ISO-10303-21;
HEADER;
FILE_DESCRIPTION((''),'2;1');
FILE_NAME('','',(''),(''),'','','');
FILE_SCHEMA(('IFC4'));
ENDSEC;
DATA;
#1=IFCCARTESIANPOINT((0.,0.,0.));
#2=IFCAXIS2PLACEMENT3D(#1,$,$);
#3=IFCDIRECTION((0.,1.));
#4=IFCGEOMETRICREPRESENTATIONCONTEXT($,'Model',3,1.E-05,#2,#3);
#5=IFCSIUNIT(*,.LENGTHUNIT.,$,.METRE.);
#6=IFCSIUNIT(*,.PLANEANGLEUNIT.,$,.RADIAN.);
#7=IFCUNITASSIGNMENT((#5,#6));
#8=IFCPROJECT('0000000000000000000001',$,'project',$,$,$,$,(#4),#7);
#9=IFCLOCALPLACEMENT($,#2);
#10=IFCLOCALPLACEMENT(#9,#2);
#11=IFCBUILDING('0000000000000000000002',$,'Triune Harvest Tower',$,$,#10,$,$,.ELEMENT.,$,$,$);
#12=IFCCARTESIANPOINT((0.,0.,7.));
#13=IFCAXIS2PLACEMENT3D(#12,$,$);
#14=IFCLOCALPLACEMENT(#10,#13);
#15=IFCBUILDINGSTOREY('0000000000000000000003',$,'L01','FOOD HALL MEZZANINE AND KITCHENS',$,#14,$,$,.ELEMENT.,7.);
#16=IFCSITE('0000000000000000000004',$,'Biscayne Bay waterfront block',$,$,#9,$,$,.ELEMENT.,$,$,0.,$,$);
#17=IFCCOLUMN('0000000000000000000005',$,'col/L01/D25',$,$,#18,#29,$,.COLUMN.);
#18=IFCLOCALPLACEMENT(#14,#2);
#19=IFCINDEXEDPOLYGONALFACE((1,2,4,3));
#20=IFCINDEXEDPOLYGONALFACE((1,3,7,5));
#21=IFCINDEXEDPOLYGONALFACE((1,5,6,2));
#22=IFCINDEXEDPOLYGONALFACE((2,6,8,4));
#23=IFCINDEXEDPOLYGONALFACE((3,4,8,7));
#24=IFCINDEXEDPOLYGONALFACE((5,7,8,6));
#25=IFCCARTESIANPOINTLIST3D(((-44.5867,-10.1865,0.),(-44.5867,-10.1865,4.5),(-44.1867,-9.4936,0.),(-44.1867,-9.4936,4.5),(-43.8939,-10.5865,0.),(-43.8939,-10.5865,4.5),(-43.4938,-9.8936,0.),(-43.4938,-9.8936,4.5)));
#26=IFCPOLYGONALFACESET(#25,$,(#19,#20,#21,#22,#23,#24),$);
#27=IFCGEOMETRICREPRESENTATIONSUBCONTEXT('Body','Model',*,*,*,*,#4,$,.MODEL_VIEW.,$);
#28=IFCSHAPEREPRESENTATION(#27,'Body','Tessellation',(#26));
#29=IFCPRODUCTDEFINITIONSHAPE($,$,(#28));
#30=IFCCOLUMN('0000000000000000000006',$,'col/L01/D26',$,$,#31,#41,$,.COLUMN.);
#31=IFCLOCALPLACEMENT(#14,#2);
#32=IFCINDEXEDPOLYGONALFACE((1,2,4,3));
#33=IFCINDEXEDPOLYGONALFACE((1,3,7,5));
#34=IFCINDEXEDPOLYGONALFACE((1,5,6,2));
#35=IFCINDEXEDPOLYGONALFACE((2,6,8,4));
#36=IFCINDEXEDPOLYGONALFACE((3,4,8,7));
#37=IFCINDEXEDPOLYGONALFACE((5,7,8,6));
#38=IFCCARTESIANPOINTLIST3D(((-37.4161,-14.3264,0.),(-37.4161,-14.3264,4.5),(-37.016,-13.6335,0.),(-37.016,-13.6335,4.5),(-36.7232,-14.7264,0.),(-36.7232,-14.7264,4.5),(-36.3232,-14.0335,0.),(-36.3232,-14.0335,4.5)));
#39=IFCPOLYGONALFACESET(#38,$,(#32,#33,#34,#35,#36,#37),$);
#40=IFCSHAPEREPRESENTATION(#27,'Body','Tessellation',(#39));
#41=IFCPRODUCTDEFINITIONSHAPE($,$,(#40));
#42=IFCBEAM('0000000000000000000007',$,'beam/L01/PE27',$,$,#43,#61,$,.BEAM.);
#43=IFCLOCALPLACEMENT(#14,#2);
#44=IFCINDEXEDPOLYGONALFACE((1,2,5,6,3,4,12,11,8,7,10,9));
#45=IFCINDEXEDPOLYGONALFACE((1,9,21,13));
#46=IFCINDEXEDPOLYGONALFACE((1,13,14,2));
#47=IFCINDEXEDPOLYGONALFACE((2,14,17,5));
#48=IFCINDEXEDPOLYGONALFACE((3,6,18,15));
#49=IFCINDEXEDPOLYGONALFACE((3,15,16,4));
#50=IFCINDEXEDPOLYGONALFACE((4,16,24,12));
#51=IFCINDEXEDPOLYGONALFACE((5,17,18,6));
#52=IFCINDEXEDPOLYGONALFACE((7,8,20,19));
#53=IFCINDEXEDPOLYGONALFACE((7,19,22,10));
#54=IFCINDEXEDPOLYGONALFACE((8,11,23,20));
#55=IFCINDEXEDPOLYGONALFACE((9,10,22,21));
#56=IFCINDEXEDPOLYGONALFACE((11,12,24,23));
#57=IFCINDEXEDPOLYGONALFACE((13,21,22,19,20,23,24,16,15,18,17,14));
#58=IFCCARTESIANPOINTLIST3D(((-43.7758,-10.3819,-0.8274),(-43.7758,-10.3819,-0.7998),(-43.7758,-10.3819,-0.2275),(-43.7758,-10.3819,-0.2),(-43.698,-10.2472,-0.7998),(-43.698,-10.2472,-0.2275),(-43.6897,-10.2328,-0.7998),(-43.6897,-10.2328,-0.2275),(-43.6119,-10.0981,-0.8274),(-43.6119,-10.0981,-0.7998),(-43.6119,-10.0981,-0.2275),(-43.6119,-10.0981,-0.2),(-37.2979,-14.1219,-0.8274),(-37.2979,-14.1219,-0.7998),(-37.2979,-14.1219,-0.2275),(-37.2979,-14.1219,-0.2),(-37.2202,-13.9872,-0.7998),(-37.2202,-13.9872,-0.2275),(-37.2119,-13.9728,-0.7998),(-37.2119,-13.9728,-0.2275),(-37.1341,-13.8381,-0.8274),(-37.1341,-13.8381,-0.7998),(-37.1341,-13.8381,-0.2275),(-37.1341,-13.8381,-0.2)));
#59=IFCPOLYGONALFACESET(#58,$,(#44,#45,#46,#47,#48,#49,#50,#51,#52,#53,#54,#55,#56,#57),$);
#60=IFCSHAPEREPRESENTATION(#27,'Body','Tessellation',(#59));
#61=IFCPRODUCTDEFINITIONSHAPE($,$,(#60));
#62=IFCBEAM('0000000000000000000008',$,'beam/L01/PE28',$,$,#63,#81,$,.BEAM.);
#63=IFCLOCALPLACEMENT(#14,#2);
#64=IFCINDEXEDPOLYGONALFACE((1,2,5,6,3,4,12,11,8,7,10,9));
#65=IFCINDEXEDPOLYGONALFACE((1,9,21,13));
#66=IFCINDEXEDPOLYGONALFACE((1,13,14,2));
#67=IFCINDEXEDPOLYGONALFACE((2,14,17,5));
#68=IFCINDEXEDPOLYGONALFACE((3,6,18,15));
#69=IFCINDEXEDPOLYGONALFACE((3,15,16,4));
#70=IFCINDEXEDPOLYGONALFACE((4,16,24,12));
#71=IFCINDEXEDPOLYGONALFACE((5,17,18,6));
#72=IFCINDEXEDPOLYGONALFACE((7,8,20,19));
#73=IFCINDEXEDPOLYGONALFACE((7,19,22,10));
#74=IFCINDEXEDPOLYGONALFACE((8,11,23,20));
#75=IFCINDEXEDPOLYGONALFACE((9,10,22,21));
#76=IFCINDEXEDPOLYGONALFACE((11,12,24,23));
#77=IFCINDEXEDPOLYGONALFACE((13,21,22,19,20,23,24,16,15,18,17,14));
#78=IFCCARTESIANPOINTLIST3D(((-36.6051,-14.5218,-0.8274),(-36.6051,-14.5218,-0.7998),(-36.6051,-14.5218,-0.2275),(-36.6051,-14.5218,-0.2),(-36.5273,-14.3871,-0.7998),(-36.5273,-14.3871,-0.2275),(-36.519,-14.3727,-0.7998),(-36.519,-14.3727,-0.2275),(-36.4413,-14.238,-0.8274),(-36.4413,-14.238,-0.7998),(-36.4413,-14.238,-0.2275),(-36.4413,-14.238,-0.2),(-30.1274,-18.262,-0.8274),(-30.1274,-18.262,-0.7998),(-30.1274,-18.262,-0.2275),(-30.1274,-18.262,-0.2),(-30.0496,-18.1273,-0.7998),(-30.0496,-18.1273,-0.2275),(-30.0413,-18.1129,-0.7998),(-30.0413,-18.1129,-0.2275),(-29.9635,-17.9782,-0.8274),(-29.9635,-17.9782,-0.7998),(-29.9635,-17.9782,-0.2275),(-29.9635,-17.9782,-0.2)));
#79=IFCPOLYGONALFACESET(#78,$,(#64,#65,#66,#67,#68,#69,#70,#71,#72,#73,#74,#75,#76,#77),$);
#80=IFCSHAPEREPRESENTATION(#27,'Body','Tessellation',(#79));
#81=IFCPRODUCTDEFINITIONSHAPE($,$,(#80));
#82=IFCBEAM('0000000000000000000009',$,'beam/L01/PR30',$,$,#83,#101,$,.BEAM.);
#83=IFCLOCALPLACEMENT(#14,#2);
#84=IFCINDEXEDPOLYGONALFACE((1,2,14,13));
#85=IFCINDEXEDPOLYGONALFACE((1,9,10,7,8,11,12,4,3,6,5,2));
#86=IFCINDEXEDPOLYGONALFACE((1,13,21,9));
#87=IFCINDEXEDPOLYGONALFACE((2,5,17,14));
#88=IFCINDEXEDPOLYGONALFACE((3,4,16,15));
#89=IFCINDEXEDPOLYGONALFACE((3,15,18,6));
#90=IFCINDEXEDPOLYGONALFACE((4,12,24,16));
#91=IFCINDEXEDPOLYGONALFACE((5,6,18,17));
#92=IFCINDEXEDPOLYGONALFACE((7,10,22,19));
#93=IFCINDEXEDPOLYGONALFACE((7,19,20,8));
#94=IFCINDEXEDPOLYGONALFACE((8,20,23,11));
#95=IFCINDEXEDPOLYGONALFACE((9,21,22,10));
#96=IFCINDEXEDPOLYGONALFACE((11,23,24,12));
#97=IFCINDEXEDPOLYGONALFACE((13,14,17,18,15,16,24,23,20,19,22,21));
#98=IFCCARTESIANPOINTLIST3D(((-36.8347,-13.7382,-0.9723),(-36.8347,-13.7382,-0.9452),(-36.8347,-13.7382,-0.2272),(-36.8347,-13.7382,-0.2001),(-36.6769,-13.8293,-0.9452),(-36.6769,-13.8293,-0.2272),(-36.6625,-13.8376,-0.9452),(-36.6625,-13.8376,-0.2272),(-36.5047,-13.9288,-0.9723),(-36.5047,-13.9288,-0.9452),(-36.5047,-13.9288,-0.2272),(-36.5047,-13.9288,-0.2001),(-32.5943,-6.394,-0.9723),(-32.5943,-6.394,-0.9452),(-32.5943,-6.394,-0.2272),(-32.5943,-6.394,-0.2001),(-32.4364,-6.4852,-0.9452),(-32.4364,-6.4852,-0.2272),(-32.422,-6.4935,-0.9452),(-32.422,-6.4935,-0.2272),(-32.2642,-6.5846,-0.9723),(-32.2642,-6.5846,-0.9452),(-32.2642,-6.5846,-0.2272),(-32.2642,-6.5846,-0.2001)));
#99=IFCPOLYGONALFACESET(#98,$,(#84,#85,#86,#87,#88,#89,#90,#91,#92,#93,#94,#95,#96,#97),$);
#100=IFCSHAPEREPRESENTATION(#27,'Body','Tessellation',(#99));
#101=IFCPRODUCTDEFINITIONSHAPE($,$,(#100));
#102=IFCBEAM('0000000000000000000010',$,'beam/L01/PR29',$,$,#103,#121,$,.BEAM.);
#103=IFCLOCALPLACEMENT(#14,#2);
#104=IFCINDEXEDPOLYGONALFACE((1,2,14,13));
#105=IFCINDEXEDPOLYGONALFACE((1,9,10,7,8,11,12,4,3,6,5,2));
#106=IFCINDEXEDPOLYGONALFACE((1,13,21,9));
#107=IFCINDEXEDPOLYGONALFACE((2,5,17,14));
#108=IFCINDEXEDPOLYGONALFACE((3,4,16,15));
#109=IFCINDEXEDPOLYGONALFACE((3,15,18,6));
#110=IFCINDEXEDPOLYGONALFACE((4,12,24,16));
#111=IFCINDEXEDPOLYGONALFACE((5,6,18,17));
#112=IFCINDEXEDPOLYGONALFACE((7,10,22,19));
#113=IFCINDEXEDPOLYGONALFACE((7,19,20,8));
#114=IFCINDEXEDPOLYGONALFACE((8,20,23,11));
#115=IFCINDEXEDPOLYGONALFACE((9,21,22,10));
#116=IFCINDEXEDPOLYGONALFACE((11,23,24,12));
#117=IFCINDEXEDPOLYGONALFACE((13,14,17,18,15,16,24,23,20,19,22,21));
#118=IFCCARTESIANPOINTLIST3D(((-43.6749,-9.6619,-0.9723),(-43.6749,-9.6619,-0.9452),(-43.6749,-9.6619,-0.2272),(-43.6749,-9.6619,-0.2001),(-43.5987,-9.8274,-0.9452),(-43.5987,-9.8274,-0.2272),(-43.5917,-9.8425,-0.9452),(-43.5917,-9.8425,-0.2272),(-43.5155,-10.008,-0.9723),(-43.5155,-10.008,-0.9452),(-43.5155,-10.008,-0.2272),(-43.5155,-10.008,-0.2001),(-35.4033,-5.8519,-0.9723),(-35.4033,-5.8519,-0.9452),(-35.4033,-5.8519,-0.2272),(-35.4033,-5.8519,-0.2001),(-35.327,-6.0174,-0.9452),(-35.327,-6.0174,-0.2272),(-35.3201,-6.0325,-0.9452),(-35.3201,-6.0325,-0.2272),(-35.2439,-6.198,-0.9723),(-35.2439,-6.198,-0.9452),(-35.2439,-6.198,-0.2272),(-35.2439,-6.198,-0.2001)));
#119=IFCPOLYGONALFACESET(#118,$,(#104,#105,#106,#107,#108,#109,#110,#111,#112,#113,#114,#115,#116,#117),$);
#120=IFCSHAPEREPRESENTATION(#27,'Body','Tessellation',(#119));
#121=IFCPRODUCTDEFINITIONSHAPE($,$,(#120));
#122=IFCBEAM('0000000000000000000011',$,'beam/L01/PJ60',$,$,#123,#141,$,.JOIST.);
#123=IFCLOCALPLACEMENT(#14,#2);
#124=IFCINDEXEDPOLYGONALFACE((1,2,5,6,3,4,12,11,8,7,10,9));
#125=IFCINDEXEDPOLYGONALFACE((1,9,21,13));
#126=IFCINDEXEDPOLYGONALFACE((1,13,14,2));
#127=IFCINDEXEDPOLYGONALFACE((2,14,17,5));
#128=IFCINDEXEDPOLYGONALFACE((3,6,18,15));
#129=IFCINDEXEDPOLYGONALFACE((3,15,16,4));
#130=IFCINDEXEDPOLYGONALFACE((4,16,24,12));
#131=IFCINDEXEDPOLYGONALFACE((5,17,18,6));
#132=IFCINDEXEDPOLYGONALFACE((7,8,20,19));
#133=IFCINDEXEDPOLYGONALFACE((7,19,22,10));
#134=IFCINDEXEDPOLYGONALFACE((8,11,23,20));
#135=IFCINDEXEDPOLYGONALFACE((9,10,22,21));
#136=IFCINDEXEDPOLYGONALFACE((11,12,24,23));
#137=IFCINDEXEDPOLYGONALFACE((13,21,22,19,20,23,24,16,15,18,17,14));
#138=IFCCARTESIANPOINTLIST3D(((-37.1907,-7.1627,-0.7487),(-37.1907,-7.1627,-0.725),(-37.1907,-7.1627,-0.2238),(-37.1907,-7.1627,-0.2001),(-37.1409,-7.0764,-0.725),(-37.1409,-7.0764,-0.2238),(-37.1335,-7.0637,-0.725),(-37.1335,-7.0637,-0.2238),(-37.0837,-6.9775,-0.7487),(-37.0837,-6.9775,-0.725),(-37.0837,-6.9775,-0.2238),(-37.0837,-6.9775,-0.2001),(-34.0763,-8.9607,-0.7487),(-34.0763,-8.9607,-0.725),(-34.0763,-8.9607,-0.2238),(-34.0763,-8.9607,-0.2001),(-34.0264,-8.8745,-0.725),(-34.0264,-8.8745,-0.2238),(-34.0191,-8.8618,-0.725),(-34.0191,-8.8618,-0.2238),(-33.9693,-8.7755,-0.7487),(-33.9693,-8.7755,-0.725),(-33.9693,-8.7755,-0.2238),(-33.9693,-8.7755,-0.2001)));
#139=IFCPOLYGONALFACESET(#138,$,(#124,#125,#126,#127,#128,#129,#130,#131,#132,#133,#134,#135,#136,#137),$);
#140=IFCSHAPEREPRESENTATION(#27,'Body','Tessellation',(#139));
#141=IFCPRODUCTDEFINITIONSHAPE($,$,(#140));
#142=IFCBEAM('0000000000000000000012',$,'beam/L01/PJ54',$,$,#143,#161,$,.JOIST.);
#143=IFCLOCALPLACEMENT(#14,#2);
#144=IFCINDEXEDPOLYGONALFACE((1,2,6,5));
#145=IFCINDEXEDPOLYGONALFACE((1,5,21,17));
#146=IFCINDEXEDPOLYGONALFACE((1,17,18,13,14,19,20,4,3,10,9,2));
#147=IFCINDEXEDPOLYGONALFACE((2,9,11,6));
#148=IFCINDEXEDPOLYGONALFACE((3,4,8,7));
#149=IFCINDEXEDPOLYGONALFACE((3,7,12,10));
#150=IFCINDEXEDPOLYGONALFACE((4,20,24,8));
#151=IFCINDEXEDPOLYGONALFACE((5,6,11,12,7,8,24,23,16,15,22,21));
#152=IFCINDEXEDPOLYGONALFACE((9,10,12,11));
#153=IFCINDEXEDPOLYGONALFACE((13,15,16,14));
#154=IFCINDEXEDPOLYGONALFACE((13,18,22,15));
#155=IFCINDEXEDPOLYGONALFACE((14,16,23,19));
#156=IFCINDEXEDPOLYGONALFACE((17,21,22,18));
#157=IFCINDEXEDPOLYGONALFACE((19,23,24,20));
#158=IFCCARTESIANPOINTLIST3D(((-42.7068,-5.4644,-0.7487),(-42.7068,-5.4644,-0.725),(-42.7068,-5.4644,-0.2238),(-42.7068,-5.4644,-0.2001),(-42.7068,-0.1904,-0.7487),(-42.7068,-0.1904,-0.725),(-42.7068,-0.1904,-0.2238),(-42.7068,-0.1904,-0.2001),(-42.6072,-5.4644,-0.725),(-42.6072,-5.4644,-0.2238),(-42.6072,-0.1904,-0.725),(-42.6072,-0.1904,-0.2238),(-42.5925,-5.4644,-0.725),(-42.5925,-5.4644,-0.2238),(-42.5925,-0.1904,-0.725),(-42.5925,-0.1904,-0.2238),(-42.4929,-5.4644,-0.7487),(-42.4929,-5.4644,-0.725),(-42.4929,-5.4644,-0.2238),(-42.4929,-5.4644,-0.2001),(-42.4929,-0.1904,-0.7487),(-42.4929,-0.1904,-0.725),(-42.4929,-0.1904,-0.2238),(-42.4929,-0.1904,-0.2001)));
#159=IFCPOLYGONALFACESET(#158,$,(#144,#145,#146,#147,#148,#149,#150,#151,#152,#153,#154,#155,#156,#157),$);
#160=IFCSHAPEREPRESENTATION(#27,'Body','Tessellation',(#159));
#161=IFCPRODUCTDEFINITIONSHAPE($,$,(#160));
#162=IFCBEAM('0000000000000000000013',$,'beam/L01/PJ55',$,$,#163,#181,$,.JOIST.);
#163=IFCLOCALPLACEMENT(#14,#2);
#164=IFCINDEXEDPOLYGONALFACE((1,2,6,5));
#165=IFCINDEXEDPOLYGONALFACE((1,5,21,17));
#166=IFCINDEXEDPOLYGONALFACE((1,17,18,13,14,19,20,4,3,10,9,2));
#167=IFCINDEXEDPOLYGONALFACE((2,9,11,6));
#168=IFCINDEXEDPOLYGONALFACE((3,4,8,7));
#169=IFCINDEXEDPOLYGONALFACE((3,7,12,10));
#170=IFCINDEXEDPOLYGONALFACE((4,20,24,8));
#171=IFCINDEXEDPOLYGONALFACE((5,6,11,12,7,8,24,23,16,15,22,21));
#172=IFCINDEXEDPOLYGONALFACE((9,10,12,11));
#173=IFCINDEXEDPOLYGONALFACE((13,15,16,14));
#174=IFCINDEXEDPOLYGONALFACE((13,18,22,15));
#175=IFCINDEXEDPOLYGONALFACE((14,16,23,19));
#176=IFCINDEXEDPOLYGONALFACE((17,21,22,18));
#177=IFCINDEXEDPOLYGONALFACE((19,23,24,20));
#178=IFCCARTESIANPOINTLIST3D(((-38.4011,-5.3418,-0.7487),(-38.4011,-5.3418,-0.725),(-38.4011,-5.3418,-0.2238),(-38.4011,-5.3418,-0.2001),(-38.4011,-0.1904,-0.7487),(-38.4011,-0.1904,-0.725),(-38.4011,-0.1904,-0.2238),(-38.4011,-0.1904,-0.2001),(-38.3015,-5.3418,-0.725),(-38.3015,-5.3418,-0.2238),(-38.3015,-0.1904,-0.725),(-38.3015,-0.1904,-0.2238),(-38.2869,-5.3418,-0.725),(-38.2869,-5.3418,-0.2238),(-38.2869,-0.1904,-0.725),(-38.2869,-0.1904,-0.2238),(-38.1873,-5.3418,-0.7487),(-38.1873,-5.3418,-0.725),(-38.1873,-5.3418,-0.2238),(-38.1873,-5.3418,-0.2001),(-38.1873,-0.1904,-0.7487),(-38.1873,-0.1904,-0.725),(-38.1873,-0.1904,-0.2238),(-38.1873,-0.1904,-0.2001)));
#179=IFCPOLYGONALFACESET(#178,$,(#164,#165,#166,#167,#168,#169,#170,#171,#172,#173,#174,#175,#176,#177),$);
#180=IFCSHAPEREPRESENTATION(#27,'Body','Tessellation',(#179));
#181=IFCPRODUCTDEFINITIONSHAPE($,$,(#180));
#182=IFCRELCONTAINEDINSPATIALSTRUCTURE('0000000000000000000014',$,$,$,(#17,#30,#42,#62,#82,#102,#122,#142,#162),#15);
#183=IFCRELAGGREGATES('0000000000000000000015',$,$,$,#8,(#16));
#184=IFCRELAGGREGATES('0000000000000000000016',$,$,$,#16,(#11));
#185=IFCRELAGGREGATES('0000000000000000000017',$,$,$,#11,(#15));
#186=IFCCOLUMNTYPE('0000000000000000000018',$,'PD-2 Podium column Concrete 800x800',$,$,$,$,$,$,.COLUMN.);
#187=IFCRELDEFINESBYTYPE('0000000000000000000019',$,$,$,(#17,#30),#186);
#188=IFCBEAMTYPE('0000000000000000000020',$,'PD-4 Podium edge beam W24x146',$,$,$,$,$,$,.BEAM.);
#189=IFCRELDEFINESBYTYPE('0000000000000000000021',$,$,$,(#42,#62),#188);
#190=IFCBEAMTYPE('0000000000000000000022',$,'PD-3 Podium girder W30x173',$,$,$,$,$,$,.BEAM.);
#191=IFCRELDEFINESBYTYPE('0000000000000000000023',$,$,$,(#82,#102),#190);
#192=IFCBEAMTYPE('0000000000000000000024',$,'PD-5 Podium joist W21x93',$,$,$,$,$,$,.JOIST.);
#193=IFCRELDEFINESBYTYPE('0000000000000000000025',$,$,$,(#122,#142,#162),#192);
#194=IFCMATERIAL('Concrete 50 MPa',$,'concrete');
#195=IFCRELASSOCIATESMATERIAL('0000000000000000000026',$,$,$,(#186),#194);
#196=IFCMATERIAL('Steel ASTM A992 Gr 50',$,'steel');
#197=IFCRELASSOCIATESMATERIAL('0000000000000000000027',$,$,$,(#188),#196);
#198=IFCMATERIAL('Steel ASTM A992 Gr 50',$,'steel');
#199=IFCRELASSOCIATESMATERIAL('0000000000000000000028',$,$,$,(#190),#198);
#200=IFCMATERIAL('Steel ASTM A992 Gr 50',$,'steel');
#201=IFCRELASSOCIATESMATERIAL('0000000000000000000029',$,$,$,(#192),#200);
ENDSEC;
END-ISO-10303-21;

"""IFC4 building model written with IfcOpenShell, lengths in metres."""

from ifc_helpers import new_model, si_unit, direction, frame, origin, origin_2d, place, context, subcontext, project, spatial, rectangle, i_section, extrude, source, transform, mapped, material, material_profile, profile_set, type_object, element, save


model = new_model("IFC4")

# Units and contexts
model_context = context("Model", 3, precision=1e-05, world=origin(), true_north=direction((0.0, 1.0)))
body_context = subcontext(model_context, "Body", "Model", "MODEL_VIEW")
ifc_project = project(units=[si_unit("LENGTHUNIT", "METRE"), si_unit("PLANEANGLEUNIT", "RADIAN")], contexts=[model_context])

# Site, building, storey
site_placement = place(None, origin())
site = spatial("IfcSite", under=ifc_project, at=site_placement, Name="Biscayne Bay waterfront block", CompositionType="ELEMENT", RefElevation=0.0)
building_placement = place(site_placement, origin())
building = spatial("IfcBuilding", under=site, at=building_placement, Name="Triune Harvest Tower", CompositionType="ELEMENT")
storey_placement = place(building_placement, frame((0.0, 0.0, 7.0)))
storey = spatial("IfcBuildingStorey", under=building, at=storey_placement, Name="L01", Description="FOOD HALL MEZZANINE AND KITCHENS", CompositionType="ELEMENT", Elevation=7.0)

# Columns
ifc_material_1 = material(Name="Concrete 50 MPa", Category="concrete")
ifc_material_profile_1 = material_profile(ifc_material_1, rectangle(XDim=0.8, YDim=0.8, at=origin_2d()), Name="Concrete 800x800")
ifc_profile_set_1 = profile_set([ifc_material_profile_1], Name="Concrete 50 MPa")
column_type = type_object("IfcColumnType", Name="PD-2 Podium column Concrete 800x800", PredefinedType="COLUMN", material=ifc_profile_set_1)
shared_shape_1 = source(origin(), body_context, "Body", "SweptSolid", [
    extrude(rectangle(XDim=0.8, YDim=0.8, at=origin_2d()), origin(), (0.0, 0.0, 1.0), 4.5),
])
for number, where, z_axis, x_axis, name in (
    (1, (-44.0403, -10.04, 0.0), (0.0, 0.0, 1.0), (0.866025, -0.5, 0.0), "col/L01/D25"),
    (2, (-36.8696, -14.1799, 0.0), (0.0, 0.0, 1.0), (0.866025, -0.5, 0.0), "col/L01/D26"),
):
    element("IfcColumn", number, at=place(storey_placement, frame(where, z_axis=z_axis, x_axis=x_axis)), inside=storey, type_object=column_type, Name=name, PredefinedType="COLUMN", context=body_context, shape_type="MappedRepresentation", body=[
        mapped(shared_shape_1, transform((0.0, 0.0, 0.0), scale=1.0)),
    ])

# Beams
ifc_material_2 = material(Name="Steel ASTM A992 Gr 50", Category="steel")
ifc_material_profile_2 = material_profile(ifc_material_2, i_section(OverallWidth=0.3276, OverallDepth=0.6274, WebThickness=0.0166, FlangeThickness=0.0276, at=origin_2d()), Name="W24x146")
ifc_profile_set_2 = profile_set([ifc_material_profile_2], Name="Steel ASTM A992 Gr 50")
beam_type_1 = type_object("IfcBeamType", Name="PD-4 Podium edge beam W24x146", PredefinedType="BEAM", material=ifc_profile_set_2)
shared_shape_2 = source(origin(), body_context, "Body", "SweptSolid", [
    extrude(i_section(OverallWidth=0.3276, OverallDepth=0.6274, WebThickness=0.0166, FlangeThickness=0.0276, at=origin_2d()), origin(), (0.0, 0.0, 1.0), 7.48),
])
for number, where, z_axis, x_axis, name in (
    (3, (-43.6938, -10.24, -0.5137), (0.866023, -0.500004, 0.0), (0.500004, 0.866023, 0.0), "beam/L01/PE27"),
    (4, (-36.5232, -14.3799, -0.5137), (0.866009, -0.500029, 0.0), (0.500029, 0.866009, 0.0), "beam/L01/PE28"),
):
    element("IfcBeam", number, at=place(storey_placement, frame(where, z_axis=z_axis, x_axis=x_axis)), inside=storey, type_object=beam_type_1, Name=name, PredefinedType="BEAM", context=body_context, shape_type="MappedRepresentation", body=[
        mapped(shared_shape_2, transform((0.0, 0.0, 0.0), scale=1.0)),
    ])
ifc_material_3 = material(Name="Steel ASTM A992 Gr 50", Category="steel")
ifc_material_profile_3 = material_profile(ifc_material_3, i_section(OverallWidth=0.3811, OverallDepth=0.7722, WebThickness=0.0166, FlangeThickness=0.0271, at=origin_2d()), Name="W30x173")
ifc_profile_set_3 = profile_set([ifc_material_profile_3], Name="Steel ASTM A992 Gr 50")
beam_type_2 = type_object("IfcBeamType", Name="PD-3 Podium girder W30x173", PredefinedType="BEAM", material=ifc_profile_set_3)
shared_shape_3 = source(origin(), body_context, "Body", "SweptSolid", [
    extrude(i_section(OverallWidth=0.3811, OverallDepth=0.7722, WebThickness=0.0166, FlangeThickness=0.0271, at=origin_2d()), origin(), (0.0, 0.0, 1.0), 8.4805),
])
beam_1_placement = place(storey_placement, frame((-36.6697, -13.8335, -0.5862), z_axis=(0.500025, 0.866011, 0.0), x_axis=(-0.866011, 0.500025, 0.0)))
element("IfcBeam", 5, at=beam_1_placement, inside=storey, type_object=beam_type_2, Name="beam/L01/PR30", PredefinedType="BEAM", context=body_context, shape_type="MappedRepresentation", body=[
    mapped(shared_shape_3, transform((0.0, 0.0, 0.0), scale=1.0)),
])
shared_shape_4 = source(origin(), body_context, "Body", "SweptSolid", [
    extrude(i_section(OverallWidth=0.3811, OverallDepth=0.7722, WebThickness=0.0166, FlangeThickness=0.0271, at=origin_2d()), origin(), (0.0, 0.0, 1.0), 9.1069),
])
beam_2_placement = place(storey_placement, frame((-43.5952, -9.835, -0.5862), z_axis=(0.908279, 0.418364, 0.0), x_axis=(-0.418364, 0.908279, 0.0)))
element("IfcBeam", 6, at=beam_2_placement, inside=storey, type_object=beam_type_2, Name="beam/L01/PR29", PredefinedType="BEAM", context=body_context, shape_type="MappedRepresentation", body=[
    mapped(shared_shape_4, transform((0.0, 0.0, 0.0), scale=1.0)),
])
ifc_material_4 = material(Name="Steel ASTM A992 Gr 50", Category="steel")
ifc_material_profile_4 = material_profile(ifc_material_4, i_section(OverallWidth=0.2139, OverallDepth=0.5486, WebThickness=0.0146, FlangeThickness=0.0237, at=origin_2d()), Name="W21x93")
ifc_profile_set_4 = profile_set([ifc_material_profile_4], Name="Steel ASTM A992 Gr 50")
beam_type_3 = type_object("IfcBeamType", Name="PD-5 Podium joist W21x93", PredefinedType="JOIST", material=ifc_profile_set_4)
shared_shape_5 = source(origin(), body_context, "Body", "SweptSolid", [
    extrude(i_section(OverallWidth=0.2139, OverallDepth=0.5486, WebThickness=0.0146, FlangeThickness=0.0237, at=origin_2d()), origin(), (0.0, 0.0, 1.0), 3.5962),
])
beam_3_placement = place(storey_placement, frame((-37.1372, -7.0701, -0.4744), z_axis=(0.866033, -0.499987, 0.0), x_axis=(0.499987, 0.866033, 0.0)))
element("IfcBeam", 7, at=beam_3_placement, inside=storey, type_object=beam_type_3, Name="beam/L01/PJ60", PredefinedType="JOIST", context=body_context, shape_type="MappedRepresentation", body=[
    mapped(shared_shape_5, transform((0.0, 0.0, 0.0), scale=1.0)),
])
shared_shape_6 = source(origin(), body_context, "Body", "SweptSolid", [
    extrude(i_section(OverallWidth=0.2139, OverallDepth=0.5486, WebThickness=0.0146, FlangeThickness=0.0237, at=origin_2d()), origin(), (0.0, 0.0, 1.0), 5.2739),
])
beam_4_placement = place(storey_placement, frame((-42.5999, -0.1904, -0.4744), z_axis=(0.0, -1.0, 0.0), x_axis=(1.0, 0.0, 0.0)))
element("IfcBeam", 8, at=beam_4_placement, inside=storey, type_object=beam_type_3, Name="beam/L01/PJ54", PredefinedType="JOIST", context=body_context, shape_type="MappedRepresentation", body=[
    mapped(shared_shape_6, transform((0.0, 0.0, 0.0), scale=1.0)),
])
shared_shape_7 = source(origin(), body_context, "Body", "SweptSolid", [
    extrude(i_section(OverallWidth=0.2139, OverallDepth=0.5486, WebThickness=0.0146, FlangeThickness=0.0237, at=origin_2d()), origin(), (0.0, 0.0, 1.0), 5.1514),
])
beam_5_placement = place(storey_placement, frame((-38.2942, -0.1904, -0.4744), z_axis=(0.0, -1.0, 0.0), x_axis=(1.0, 0.0, 0.0)))
element("IfcBeam", 9, at=beam_5_placement, inside=storey, type_object=beam_type_3, Name="beam/L01/PJ55", PredefinedType="JOIST", context=body_context, shape_type="MappedRepresentation", body=[
    mapped(shared_shape_7, transform((0.0, 0.0, 0.0), scale=1.0)),
])

save(model, "model.ifc")
